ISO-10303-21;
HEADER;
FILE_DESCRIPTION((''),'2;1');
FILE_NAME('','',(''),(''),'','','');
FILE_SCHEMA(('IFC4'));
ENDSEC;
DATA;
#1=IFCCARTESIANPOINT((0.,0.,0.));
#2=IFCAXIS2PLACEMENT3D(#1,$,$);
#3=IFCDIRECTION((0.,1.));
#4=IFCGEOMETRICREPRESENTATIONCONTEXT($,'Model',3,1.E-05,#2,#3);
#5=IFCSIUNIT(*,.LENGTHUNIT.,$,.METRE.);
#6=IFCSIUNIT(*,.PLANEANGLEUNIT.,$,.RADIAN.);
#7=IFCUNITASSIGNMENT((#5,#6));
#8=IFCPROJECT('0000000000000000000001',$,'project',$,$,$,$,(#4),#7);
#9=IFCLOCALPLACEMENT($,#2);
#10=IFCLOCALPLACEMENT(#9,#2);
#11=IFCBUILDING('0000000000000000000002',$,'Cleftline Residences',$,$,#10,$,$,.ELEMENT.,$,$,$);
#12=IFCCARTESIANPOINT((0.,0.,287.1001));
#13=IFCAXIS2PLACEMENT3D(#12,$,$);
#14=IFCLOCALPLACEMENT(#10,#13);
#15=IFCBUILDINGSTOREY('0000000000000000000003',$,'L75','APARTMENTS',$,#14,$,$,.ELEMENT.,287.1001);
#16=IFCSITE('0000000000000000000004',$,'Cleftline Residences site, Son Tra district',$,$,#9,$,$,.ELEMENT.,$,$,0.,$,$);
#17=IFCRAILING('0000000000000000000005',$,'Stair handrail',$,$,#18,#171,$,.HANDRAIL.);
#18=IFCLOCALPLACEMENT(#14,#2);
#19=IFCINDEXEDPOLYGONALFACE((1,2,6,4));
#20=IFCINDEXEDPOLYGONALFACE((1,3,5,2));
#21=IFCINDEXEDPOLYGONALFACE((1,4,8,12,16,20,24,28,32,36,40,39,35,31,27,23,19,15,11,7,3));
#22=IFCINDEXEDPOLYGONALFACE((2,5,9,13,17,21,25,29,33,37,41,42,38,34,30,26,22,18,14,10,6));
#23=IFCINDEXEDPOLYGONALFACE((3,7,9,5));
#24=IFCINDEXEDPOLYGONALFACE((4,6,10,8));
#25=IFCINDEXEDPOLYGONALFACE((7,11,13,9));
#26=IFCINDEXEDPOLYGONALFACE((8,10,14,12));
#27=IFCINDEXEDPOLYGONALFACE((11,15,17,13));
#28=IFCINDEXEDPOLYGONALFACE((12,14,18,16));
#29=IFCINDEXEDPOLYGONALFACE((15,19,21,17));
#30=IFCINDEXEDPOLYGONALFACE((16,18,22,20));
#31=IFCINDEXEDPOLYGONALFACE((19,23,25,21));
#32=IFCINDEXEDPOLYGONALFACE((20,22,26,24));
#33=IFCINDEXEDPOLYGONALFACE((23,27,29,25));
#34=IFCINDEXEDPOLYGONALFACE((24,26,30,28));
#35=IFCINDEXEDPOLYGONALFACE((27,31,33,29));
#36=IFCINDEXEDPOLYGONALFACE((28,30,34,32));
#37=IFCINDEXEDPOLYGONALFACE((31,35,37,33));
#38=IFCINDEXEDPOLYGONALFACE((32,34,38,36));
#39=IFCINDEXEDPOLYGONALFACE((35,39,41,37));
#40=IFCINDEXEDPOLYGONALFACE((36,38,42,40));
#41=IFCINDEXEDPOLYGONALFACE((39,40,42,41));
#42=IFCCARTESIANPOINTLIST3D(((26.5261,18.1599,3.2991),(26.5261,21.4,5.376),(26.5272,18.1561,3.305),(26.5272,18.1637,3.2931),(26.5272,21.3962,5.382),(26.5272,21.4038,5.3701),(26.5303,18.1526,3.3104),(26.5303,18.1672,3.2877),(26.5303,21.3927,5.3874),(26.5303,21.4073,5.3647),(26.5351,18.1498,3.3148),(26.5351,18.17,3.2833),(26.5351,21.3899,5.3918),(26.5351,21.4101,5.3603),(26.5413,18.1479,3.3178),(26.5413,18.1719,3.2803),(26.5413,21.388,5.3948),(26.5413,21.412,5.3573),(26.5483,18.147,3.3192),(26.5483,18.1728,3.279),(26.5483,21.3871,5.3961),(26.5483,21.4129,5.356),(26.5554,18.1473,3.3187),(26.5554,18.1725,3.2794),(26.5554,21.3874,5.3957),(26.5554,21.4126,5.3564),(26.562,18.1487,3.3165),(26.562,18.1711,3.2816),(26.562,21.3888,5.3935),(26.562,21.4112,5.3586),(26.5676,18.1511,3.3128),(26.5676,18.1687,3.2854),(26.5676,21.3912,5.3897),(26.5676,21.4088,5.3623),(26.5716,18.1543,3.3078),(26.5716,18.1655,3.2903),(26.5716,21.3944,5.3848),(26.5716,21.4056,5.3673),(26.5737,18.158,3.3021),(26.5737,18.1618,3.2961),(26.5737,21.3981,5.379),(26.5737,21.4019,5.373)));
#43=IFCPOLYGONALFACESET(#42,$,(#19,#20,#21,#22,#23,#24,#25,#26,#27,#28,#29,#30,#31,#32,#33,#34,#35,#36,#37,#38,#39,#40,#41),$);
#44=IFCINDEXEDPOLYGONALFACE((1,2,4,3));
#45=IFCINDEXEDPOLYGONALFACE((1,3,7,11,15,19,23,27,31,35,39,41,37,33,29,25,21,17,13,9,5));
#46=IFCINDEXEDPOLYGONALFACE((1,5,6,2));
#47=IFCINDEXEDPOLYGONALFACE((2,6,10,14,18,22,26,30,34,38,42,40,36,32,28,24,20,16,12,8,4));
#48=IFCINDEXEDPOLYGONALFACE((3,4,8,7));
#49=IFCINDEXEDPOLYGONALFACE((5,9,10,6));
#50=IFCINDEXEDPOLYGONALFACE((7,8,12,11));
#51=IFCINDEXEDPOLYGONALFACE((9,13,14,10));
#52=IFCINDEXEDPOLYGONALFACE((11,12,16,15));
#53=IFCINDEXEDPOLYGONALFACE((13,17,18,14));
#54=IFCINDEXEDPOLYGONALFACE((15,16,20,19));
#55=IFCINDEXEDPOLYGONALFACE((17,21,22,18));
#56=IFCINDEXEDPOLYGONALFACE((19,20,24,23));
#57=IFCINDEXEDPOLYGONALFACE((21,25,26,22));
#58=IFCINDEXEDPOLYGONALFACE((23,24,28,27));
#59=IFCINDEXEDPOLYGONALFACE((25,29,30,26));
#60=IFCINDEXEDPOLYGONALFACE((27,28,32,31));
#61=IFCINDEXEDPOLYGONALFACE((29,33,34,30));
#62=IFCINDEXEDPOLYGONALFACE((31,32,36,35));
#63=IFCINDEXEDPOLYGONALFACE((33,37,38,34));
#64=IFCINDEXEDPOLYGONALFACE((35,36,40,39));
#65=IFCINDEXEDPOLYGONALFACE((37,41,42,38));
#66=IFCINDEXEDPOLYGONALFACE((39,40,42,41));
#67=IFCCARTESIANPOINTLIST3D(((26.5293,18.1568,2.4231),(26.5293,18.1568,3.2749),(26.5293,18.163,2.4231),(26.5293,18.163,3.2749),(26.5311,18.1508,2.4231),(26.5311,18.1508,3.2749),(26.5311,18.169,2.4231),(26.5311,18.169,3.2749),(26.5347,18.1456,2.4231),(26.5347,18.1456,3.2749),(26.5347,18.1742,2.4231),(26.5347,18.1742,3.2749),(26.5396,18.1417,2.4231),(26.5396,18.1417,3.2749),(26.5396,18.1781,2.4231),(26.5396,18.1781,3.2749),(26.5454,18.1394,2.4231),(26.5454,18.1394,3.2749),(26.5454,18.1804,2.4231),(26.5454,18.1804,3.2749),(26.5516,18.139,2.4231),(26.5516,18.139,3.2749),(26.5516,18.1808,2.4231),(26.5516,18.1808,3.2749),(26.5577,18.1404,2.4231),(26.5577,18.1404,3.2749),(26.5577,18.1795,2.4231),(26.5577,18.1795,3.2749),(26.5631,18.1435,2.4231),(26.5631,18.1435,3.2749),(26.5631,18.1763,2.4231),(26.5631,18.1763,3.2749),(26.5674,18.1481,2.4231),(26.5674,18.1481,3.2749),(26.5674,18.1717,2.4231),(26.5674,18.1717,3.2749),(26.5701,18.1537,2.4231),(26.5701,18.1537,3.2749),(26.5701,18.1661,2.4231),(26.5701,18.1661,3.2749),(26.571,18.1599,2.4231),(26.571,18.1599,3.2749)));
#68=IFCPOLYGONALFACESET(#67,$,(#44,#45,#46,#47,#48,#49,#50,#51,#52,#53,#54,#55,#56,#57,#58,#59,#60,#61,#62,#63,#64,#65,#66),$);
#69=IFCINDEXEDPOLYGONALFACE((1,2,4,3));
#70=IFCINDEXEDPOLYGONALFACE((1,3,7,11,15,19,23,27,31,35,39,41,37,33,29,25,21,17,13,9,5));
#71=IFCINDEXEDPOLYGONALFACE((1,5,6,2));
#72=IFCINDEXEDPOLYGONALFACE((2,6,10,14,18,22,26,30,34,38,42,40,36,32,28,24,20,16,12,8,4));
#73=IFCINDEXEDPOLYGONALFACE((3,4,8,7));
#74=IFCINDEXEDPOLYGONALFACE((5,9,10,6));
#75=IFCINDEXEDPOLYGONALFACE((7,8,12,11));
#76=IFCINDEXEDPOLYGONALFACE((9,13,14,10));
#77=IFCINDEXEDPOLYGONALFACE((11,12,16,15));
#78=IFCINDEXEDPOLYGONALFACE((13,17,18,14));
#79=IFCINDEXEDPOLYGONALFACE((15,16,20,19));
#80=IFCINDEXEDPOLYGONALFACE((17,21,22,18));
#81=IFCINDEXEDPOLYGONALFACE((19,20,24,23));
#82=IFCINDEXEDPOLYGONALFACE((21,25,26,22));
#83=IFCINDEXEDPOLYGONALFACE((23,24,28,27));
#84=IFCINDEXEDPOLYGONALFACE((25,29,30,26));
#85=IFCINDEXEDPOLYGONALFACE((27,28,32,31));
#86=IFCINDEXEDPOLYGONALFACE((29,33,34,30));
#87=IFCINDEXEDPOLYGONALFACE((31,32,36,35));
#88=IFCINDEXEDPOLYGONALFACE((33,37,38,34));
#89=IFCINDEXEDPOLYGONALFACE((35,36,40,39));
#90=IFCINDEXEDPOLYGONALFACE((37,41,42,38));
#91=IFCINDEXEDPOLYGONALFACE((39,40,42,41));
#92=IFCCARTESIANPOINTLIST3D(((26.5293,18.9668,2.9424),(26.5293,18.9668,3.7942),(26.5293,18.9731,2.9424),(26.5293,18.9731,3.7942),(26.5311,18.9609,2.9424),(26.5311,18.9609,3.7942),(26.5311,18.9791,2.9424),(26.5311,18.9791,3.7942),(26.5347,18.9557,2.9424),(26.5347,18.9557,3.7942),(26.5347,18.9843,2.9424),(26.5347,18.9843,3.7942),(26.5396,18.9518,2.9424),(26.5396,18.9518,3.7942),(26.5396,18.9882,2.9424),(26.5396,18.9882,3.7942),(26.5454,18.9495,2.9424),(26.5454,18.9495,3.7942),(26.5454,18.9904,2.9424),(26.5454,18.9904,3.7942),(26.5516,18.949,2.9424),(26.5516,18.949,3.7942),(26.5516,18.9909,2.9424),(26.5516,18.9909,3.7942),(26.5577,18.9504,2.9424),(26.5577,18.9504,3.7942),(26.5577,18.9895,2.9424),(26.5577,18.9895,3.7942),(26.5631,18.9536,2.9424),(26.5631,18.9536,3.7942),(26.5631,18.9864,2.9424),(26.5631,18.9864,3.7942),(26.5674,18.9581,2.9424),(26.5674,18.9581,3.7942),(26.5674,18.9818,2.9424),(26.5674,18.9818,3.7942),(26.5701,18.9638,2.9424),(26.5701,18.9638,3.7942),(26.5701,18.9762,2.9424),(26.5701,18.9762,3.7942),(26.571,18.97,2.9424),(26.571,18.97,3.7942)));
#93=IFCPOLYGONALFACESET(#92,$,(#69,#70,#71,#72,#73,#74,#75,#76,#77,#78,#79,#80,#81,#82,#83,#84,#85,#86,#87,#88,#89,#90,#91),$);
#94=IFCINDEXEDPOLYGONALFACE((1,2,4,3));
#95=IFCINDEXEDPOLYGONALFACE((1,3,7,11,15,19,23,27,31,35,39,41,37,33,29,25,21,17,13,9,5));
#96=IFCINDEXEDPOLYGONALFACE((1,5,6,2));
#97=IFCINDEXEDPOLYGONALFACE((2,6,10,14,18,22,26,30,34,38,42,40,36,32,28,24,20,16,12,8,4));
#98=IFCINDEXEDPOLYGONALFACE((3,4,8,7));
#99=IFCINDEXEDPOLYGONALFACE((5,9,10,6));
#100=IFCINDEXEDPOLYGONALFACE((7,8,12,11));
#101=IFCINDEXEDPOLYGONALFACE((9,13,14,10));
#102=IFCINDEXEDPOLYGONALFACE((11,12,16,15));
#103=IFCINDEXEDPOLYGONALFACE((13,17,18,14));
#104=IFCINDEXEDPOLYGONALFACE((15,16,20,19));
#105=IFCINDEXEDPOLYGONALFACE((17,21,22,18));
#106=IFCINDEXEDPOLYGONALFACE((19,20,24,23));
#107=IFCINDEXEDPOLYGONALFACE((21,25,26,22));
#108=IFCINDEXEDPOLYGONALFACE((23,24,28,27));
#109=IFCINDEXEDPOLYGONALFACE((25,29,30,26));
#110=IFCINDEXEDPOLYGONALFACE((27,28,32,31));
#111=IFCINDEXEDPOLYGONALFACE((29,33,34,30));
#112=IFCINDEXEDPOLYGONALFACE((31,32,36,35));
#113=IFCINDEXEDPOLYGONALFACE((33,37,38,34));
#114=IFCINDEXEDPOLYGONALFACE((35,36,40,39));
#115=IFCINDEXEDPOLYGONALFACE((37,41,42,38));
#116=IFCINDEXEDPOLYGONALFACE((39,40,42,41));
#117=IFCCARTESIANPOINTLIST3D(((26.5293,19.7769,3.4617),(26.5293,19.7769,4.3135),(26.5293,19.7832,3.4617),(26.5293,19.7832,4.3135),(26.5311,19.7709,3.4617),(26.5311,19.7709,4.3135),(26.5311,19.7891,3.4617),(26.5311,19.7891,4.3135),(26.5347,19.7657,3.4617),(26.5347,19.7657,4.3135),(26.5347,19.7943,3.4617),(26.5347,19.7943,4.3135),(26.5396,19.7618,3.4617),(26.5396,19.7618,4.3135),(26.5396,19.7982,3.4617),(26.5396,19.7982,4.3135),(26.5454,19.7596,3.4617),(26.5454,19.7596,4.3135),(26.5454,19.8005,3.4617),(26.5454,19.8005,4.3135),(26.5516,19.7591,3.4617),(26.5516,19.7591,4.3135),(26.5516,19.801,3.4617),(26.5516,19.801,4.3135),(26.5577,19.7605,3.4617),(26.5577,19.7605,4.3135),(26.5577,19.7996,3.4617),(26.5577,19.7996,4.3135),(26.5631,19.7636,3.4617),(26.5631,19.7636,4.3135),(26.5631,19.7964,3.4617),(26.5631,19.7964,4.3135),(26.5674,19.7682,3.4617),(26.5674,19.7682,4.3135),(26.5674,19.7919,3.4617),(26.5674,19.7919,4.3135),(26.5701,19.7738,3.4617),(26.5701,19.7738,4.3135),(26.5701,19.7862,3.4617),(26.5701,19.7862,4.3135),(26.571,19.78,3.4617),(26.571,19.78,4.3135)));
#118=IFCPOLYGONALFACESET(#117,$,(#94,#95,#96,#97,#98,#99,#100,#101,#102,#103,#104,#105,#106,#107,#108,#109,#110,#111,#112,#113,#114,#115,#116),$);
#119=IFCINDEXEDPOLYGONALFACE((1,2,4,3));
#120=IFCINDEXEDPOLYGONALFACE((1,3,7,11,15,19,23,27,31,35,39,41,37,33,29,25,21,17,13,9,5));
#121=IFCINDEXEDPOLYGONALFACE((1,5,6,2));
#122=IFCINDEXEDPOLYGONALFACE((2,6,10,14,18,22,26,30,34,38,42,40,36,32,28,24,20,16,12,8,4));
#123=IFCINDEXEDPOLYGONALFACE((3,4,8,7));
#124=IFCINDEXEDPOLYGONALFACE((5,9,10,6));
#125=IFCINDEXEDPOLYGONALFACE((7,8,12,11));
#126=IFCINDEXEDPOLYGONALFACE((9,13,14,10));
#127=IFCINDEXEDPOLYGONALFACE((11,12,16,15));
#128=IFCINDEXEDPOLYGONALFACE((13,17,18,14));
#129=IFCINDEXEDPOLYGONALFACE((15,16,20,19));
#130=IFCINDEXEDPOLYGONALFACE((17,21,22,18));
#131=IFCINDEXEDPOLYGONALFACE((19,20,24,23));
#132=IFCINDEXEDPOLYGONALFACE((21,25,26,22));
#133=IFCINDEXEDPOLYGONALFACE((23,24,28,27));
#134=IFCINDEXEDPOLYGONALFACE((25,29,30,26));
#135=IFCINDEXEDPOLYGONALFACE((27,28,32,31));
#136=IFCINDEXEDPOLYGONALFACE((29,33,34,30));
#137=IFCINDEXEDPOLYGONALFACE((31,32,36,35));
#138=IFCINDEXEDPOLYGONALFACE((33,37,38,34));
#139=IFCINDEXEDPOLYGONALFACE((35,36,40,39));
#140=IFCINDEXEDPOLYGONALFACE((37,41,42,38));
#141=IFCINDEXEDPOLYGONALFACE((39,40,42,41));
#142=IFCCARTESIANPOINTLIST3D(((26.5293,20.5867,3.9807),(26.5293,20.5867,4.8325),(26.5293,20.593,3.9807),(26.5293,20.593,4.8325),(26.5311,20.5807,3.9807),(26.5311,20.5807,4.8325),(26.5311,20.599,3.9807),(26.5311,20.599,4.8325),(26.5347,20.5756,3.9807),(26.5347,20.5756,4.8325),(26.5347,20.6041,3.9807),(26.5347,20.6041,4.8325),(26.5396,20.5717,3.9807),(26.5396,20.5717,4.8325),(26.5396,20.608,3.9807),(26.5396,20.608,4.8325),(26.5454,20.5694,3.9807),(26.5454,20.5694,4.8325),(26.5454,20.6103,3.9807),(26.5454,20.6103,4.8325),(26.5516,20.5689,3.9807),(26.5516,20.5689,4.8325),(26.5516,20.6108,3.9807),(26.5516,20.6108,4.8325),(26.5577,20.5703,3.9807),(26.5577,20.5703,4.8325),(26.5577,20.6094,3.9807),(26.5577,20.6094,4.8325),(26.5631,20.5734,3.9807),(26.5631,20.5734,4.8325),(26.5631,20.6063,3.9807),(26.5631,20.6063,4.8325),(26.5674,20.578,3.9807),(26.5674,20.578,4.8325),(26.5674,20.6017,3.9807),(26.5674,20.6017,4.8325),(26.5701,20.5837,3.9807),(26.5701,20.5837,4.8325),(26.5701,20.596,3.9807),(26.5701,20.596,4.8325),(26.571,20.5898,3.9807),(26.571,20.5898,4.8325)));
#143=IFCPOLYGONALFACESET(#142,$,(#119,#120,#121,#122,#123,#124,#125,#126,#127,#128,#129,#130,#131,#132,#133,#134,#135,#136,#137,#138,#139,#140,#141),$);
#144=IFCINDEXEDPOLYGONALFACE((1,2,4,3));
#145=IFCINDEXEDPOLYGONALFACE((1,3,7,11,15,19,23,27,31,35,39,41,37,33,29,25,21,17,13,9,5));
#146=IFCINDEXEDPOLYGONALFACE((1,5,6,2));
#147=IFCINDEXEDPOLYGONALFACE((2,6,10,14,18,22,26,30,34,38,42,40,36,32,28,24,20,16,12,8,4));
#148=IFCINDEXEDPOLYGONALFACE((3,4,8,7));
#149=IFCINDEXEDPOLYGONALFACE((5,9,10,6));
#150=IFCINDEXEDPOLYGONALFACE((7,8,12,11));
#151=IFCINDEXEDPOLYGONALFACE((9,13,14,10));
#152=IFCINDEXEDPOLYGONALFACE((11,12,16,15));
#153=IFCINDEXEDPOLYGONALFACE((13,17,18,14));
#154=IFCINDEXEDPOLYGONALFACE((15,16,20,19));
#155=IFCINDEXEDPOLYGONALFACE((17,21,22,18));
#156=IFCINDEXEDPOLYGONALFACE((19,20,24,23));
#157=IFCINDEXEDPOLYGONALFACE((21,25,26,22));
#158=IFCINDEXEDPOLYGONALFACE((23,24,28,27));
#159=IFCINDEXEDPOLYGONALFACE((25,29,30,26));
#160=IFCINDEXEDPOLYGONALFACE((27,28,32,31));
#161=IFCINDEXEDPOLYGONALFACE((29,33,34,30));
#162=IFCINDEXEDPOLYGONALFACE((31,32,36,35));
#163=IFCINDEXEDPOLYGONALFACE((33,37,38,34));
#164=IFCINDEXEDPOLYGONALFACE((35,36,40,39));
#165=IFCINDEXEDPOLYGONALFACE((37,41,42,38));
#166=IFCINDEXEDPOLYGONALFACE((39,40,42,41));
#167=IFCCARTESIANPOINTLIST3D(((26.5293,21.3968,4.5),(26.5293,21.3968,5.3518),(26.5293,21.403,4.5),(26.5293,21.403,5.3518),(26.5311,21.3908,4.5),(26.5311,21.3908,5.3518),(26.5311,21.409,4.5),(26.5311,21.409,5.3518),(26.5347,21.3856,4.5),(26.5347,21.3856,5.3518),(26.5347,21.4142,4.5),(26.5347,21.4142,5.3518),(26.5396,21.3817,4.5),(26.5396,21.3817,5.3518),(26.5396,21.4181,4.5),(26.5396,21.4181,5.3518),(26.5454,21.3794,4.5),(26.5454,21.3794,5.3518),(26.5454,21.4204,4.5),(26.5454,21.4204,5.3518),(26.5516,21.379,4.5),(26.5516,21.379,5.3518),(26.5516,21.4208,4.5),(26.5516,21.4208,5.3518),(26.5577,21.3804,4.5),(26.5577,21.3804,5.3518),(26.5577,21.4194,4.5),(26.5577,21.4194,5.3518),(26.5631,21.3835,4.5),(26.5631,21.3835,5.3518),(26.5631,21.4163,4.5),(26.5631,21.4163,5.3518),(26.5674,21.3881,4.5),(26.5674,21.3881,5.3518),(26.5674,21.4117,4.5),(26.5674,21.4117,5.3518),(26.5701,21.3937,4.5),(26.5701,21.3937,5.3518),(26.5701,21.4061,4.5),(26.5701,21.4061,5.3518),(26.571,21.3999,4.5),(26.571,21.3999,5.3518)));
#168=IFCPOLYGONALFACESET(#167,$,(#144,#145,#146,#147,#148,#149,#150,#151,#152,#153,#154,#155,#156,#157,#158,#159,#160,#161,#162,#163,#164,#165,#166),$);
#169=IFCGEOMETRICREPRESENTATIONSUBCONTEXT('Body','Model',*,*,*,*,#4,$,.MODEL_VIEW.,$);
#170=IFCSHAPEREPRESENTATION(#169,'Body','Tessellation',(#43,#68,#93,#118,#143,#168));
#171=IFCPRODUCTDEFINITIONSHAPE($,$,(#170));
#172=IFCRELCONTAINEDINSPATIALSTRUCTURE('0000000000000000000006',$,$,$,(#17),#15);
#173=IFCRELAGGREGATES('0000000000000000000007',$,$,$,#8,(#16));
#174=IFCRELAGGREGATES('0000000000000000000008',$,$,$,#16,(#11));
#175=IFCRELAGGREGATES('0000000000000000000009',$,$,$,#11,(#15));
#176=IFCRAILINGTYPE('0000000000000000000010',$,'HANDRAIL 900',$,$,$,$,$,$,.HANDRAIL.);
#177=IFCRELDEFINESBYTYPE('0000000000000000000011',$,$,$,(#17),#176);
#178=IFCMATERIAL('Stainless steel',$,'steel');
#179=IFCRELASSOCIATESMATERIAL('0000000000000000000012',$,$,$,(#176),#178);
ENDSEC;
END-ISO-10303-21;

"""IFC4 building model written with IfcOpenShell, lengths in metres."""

from ifc_helpers import new_model, si_unit, direction, frame, origin, origin_2d, place, context, subcontext, project, spatial, circle, extrude, material, type_object, element, save


model = new_model("IFC4")

# Units and contexts
model_context = context("Model", 3, precision=1e-05, world=origin(), true_north=direction((0.0, 1.0)))
body_context = subcontext(model_context, "Body", "Model", "MODEL_VIEW")
ifc_project = project(units=[si_unit("LENGTHUNIT", "METRE"), si_unit("PLANEANGLEUNIT", "RADIAN")], contexts=[model_context])

# Site, building, storey
site_placement = place(None, origin())
site = spatial("IfcSite", under=ifc_project, at=site_placement, Name="Cleftline Residences site, Son Tra district", CompositionType="ELEMENT", RefElevation=0.0)
building_placement = place(site_placement, origin())
building = spatial("IfcBuilding", under=site, at=building_placement, Name="Cleftline Residences", CompositionType="ELEMENT")
storey_placement = place(building_placement, frame((0.0, 0.0, 287.1001)))
storey = spatial("IfcBuildingStorey", under=building, at=storey_placement, Name="L75", Description="APARTMENTS", CompositionType="ELEMENT", Elevation=287.1001)

# Railing
ifc_material_1 = material(Name="Stainless steel", Category="steel")
railing_type = type_object("IfcRailingType", Name="HANDRAIL 900", PredefinedType="HANDRAIL", material=ifc_material_1)
railing_placement = place(storey_placement, frame((26.55, 18.1599, 2.4231)))
element("IfcRailing", 1, at=railing_placement, inside=storey, type_object=railing_type, Name="Stair handrail", PredefinedType="HANDRAIL", context=body_context, shape_type="SweptSolid", body=[
    extrude(circle(Radius=0.0239, at=origin_2d()), frame((0.0, 0.0, 0.876), z_axis=(0.0, 0.841881, 0.539664), x_axis=(-1.0, 0.0, 0.0)), (0.0, 0.0, 1.0), 3.8486),
    extrude(circle(Radius=0.021, at=origin_2d()), origin(), (0.0, 0.0, 1.0), 0.8518),
    extrude(circle(Radius=0.021, at=origin_2d()), frame((0.0, 0.8101, 0.5193)), (0.0, 0.0, 1.0), 0.8518),
    extrude(circle(Radius=0.021, at=origin_2d()), frame((0.0, 1.6201, 1.0386)), (0.0, 0.0, 1.0), 0.8518),
    extrude(circle(Radius=0.021, at=origin_2d()), frame((0.0, 2.4299, 1.5576)), (0.0, 0.0, 1.0), 0.8518),
    extrude(circle(Radius=0.021, at=origin_2d()), frame((0.0, 3.24, 2.0769)), (0.0, 0.0, 1.0), 0.8518),
])

save(model, "model.ifc")
